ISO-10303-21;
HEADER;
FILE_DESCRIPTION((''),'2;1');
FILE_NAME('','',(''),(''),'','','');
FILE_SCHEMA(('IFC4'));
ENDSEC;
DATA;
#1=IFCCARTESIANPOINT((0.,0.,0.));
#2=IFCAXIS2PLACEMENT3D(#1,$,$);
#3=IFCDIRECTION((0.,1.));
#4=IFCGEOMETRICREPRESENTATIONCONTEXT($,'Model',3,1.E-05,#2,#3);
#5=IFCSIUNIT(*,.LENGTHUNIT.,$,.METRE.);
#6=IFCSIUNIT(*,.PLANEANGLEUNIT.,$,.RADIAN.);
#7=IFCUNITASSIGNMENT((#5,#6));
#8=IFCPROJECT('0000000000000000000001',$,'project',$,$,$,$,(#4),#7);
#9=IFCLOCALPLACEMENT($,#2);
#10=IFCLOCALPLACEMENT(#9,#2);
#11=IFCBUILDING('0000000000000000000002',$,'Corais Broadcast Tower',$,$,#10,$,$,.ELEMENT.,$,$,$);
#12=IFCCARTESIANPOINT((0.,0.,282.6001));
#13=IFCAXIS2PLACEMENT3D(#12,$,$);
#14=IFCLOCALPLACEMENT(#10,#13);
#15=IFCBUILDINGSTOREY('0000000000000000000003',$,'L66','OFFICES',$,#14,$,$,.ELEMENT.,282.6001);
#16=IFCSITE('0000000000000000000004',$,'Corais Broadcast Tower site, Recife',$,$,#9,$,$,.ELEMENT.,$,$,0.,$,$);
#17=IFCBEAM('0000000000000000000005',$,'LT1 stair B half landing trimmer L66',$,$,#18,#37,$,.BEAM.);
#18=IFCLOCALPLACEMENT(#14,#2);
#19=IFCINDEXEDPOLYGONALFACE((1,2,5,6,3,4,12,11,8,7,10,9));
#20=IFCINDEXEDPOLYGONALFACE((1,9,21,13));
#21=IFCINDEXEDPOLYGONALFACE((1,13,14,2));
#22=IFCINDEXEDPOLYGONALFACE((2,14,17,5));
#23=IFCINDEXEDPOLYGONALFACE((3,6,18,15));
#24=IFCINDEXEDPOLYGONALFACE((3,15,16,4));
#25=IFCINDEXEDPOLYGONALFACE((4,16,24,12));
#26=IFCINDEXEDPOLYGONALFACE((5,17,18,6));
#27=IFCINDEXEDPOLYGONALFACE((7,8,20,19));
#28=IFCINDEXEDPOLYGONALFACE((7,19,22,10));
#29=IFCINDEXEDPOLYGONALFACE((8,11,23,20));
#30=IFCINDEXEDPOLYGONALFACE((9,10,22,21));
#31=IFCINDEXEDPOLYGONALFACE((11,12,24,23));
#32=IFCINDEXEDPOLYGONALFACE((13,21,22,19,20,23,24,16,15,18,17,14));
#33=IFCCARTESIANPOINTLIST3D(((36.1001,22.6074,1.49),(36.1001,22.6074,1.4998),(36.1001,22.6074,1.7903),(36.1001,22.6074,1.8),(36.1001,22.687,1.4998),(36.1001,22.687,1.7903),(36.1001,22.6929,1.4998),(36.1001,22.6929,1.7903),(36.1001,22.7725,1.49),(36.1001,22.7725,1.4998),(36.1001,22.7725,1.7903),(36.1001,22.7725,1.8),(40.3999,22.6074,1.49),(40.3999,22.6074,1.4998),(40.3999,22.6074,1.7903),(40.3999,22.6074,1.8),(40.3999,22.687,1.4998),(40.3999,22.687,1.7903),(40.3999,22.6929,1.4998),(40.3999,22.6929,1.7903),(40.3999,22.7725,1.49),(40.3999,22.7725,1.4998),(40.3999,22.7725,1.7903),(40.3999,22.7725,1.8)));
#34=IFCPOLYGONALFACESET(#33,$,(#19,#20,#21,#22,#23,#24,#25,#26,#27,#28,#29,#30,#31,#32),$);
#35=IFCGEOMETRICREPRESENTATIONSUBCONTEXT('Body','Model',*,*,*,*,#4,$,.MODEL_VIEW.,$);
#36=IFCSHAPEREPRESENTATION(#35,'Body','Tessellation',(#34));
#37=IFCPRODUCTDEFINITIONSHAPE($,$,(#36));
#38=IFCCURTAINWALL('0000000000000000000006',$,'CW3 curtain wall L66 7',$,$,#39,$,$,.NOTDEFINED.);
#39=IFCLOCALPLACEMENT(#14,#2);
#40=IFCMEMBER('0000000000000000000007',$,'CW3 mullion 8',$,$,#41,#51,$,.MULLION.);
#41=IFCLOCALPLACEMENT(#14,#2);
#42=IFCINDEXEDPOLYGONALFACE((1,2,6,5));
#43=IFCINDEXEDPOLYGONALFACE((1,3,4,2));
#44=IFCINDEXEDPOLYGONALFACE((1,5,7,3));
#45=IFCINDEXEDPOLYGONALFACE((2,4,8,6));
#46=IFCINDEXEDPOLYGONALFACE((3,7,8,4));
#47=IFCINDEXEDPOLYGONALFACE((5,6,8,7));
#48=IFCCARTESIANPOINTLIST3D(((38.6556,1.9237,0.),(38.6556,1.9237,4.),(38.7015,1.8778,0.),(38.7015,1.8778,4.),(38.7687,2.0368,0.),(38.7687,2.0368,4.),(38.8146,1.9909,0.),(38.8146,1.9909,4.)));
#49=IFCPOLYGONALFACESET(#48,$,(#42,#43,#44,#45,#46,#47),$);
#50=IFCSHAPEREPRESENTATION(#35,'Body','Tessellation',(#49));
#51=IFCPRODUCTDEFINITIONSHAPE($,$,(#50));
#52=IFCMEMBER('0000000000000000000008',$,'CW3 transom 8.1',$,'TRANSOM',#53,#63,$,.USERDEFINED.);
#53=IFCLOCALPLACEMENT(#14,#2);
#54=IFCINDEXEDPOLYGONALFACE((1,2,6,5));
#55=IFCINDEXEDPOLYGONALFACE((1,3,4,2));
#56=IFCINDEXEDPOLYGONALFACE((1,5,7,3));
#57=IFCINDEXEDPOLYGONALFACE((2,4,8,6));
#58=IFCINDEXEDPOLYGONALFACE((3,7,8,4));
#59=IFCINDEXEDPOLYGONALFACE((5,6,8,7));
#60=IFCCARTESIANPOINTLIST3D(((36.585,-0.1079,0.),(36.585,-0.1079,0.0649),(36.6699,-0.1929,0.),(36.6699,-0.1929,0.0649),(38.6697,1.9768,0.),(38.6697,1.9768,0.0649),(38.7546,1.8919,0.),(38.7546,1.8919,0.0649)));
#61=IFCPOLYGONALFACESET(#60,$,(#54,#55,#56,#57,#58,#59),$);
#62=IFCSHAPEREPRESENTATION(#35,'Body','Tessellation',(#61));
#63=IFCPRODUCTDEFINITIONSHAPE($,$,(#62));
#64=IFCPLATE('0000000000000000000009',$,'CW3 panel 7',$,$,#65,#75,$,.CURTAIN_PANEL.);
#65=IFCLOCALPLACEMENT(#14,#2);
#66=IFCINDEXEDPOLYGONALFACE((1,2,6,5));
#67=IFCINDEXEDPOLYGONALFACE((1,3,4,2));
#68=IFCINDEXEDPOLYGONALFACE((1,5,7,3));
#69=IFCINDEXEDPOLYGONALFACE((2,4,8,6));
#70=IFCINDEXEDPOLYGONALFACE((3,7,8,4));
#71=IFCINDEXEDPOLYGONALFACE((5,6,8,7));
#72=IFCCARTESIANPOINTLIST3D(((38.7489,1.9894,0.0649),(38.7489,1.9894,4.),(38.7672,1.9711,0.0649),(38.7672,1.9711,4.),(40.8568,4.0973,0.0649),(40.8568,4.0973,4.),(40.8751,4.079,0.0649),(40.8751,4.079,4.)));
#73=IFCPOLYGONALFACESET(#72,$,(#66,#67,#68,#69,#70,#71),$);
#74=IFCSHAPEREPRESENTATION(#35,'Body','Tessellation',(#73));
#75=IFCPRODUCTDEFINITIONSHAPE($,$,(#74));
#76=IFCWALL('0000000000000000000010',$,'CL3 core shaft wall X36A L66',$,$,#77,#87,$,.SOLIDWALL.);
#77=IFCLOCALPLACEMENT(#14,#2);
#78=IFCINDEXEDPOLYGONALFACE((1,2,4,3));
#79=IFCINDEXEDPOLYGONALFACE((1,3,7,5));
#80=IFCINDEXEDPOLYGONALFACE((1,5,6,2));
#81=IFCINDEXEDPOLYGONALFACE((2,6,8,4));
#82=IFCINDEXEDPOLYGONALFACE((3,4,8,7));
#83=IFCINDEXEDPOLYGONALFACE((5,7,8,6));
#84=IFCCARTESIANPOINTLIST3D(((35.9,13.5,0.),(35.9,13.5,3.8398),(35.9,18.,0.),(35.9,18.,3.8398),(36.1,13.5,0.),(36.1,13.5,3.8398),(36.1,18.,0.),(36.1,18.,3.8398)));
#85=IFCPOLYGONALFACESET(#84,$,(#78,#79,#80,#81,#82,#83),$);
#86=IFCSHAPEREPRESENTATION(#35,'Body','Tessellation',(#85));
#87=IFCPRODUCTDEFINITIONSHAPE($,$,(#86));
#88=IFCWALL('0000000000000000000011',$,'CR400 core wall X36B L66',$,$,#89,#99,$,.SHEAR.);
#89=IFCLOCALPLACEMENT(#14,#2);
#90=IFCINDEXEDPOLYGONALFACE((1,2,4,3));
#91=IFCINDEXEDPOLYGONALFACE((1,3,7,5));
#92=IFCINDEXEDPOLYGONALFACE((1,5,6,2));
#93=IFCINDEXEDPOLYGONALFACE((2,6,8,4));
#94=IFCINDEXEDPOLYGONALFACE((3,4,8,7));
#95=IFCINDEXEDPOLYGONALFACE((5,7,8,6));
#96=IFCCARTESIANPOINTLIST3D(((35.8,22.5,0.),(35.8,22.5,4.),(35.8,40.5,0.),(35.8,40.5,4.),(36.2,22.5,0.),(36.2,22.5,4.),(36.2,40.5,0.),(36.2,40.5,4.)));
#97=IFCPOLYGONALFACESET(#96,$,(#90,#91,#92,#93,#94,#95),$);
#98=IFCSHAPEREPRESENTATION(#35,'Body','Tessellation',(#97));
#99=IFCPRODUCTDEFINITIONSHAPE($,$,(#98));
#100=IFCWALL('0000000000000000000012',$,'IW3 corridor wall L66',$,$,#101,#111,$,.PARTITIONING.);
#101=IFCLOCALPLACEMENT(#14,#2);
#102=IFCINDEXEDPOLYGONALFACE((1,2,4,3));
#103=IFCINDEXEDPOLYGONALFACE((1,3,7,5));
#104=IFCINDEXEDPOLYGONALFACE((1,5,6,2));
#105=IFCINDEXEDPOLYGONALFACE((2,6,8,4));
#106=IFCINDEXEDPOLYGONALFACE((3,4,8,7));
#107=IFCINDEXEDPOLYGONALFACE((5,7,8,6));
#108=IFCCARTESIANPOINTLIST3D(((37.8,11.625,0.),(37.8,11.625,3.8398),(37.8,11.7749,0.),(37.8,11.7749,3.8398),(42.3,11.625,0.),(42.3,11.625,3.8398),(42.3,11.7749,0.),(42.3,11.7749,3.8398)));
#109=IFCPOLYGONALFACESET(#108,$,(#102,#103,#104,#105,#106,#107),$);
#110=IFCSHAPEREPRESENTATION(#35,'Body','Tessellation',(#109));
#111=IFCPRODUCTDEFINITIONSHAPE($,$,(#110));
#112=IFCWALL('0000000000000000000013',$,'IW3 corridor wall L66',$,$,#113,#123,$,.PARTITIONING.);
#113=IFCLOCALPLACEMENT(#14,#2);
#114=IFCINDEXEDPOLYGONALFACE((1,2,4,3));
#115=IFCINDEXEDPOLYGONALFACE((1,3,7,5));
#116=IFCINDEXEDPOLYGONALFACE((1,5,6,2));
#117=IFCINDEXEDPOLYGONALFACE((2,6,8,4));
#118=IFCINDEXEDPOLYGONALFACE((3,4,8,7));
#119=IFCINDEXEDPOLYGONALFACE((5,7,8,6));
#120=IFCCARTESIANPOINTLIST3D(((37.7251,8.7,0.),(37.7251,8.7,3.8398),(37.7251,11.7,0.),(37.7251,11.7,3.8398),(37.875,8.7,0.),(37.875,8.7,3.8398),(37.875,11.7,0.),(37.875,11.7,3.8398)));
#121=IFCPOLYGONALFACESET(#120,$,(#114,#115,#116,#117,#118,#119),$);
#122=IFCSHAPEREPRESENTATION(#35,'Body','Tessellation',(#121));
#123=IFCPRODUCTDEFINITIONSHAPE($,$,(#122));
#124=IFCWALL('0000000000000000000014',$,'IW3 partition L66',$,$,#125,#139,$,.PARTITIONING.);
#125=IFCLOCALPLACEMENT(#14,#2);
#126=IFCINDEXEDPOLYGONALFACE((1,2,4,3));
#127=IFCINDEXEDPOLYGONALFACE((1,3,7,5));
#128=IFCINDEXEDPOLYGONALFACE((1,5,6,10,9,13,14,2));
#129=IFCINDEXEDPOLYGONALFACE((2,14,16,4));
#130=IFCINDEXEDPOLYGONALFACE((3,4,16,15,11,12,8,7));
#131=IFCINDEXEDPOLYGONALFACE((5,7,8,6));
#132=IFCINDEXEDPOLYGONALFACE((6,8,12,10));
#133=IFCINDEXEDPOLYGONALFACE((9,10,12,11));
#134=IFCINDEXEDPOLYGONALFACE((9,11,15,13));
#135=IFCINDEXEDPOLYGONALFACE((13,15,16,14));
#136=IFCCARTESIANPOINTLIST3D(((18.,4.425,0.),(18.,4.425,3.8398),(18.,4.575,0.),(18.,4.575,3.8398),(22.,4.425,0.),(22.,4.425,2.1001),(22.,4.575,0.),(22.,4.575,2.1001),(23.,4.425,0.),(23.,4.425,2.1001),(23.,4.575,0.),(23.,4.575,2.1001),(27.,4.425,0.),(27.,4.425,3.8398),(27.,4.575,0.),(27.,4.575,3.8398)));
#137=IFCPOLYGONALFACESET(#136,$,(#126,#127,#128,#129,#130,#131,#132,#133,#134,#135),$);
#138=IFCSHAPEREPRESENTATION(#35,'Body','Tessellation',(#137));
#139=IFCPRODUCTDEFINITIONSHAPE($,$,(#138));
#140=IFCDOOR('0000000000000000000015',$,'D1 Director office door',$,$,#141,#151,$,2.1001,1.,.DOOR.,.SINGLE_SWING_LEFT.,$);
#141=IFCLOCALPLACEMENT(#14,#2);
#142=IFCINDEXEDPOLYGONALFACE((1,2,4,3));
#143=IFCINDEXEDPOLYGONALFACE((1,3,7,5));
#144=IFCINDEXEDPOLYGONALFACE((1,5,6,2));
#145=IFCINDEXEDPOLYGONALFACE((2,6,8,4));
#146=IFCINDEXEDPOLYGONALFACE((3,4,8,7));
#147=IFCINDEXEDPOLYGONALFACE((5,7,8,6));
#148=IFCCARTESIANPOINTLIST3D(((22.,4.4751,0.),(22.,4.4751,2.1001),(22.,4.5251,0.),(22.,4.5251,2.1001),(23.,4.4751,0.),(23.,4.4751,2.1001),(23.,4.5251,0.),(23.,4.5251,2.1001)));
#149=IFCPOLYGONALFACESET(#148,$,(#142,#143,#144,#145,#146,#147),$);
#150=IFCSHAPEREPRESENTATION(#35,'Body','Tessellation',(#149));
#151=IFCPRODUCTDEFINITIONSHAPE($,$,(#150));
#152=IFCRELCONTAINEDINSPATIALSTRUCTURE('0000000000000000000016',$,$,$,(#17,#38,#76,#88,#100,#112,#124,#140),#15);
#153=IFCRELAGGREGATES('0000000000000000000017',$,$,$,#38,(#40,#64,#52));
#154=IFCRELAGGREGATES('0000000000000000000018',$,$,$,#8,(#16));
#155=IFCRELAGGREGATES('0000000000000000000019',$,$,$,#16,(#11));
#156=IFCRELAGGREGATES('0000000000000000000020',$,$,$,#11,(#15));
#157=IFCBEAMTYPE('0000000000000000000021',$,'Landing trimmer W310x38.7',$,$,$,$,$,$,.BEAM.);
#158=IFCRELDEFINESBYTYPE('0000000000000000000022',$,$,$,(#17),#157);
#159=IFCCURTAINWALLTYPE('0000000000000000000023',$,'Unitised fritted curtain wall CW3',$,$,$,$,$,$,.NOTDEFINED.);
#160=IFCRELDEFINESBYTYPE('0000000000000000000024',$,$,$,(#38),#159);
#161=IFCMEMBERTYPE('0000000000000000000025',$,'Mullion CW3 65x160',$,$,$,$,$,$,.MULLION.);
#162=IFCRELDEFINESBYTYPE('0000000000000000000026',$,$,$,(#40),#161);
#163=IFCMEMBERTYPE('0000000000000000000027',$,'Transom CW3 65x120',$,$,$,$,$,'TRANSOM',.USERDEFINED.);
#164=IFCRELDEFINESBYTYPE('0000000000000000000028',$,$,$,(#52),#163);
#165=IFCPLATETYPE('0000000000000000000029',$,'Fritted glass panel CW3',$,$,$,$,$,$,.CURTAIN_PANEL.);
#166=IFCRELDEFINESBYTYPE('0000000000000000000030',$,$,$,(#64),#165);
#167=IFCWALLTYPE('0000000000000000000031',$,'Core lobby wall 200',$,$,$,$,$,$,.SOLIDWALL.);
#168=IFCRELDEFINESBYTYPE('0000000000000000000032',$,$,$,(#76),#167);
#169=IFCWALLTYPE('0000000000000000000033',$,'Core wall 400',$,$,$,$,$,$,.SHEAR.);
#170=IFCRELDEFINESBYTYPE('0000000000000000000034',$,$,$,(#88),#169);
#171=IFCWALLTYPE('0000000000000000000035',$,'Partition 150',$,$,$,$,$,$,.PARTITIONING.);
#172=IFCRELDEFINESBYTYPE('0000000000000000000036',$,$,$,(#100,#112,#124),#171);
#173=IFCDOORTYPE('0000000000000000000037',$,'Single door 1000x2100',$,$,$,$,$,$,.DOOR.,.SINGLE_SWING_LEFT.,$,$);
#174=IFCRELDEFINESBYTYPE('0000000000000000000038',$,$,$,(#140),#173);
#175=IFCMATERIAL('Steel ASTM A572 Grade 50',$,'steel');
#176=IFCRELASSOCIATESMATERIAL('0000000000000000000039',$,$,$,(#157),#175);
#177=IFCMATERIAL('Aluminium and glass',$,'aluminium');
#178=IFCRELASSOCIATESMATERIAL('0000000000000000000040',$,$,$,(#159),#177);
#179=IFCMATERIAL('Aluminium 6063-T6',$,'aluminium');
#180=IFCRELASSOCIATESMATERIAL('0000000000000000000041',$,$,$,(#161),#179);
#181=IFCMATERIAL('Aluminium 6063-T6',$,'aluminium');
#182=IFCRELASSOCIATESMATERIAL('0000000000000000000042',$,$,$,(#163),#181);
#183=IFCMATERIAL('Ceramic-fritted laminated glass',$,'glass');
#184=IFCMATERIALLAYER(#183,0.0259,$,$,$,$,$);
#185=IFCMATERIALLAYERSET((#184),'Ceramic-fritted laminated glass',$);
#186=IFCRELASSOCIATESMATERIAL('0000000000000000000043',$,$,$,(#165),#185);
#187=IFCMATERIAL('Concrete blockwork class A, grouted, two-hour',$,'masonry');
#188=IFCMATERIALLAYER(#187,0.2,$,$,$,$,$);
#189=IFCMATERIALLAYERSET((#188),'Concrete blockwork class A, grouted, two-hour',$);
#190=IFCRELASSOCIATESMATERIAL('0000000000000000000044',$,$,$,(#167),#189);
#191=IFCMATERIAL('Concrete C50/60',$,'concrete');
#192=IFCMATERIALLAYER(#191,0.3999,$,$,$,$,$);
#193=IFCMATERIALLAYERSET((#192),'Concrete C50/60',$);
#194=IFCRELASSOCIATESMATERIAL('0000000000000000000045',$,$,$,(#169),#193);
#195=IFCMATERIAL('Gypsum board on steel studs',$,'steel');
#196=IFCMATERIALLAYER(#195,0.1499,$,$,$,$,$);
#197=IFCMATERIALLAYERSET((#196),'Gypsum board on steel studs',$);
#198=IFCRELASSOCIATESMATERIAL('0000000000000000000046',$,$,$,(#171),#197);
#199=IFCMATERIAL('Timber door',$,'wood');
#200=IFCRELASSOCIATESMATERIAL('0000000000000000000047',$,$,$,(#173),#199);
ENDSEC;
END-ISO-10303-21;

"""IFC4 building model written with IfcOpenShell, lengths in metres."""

from ifc_helpers import new_model, si_unit, direction, frame, frame_2d, origin, origin_2d, place, context, subcontext, project, spatial, rectangle, i_section, extrude, material, layer, layer_set, material_profile, profile_set, type_object, element, fill, aggregate, save


model = new_model("IFC4")

# Units and contexts
model_context = context("Model", 3, precision=1e-05, world=origin(), true_north=direction((0.0, 1.0)))
body_context = subcontext(model_context, "Body", "Model", "MODEL_VIEW")
ifc_project = project(units=[si_unit("LENGTHUNIT", "METRE"), si_unit("PLANEANGLEUNIT", "RADIAN")], contexts=[model_context])

# Site, building, storey
site_placement = place(None, origin())
site = spatial("IfcSite", under=ifc_project, at=site_placement, Name="Corais Broadcast Tower site, Recife", CompositionType="ELEMENT", RefElevation=0.0)
building_placement = place(site_placement, origin())
building = spatial("IfcBuilding", under=site, at=building_placement, Name="Corais Broadcast Tower", CompositionType="ELEMENT")
storey_placement = place(building_placement, frame((0.0, 0.0, 282.6001)))
storey = spatial("IfcBuildingStorey", under=building, at=storey_placement, Name="L66", Description="OFFICES", CompositionType="ELEMENT", Elevation=282.6001)

# Beam
ifc_material_1 = material(Name="Steel ASTM A572 Grade 50", Category="steel")
ifc_material_profile_1 = material_profile(ifc_material_1, i_section(OverallWidth=0.165, OverallDepth=0.3101, WebThickness=0.0059, FlangeThickness=0.0098, at=origin_2d()), Name="W310x38.7")
ifc_profile_set_1 = profile_set([ifc_material_profile_1], Name="Steel ASTM A572 Grade 50")
beam_type = type_object("IfcBeamType", Name="Landing trimmer W310x38.7", PredefinedType="BEAM", material=ifc_profile_set_1)
beam_placement = place(storey_placement, frame((36.1001, 22.6899, 1.645), z_axis=(1.0, 0.0, 0.0), x_axis=(0.0, 1.0, 0.0)))
element("IfcBeam", 1, at=beam_placement, inside=storey, type_object=beam_type, Name="LT1 stair B half landing trimmer L66", PredefinedType="BEAM", context=body_context, shape_type="SweptSolid", body=[
    extrude(i_section(OverallWidth=0.165, OverallDepth=0.3101, WebThickness=0.0059, FlangeThickness=0.0098, at=origin_2d()), origin(), (0.0, 0.0, 1.0), 4.2998),
])

# Curtain wall, members, plate
ifc_material_2 = material(Name="Aluminium and glass", Category="aluminium")
curtain_wall_type = type_object("IfcCurtainWallType", Name="Unitised fritted curtain wall CW3", PredefinedType="NOTDEFINED", material=ifc_material_2)
curtain_wall_placement = place(storey_placement, origin())
curtain_wall = element("IfcCurtainWall", 2, at=curtain_wall_placement, inside=storey, type_object=curtain_wall_type, Name="CW3 curtain wall L66 7", PredefinedType="NOTDEFINED")
ifc_material_3 = material(Name="Aluminium 6063-T6", Category="aluminium")
ifc_material_profile_2 = material_profile(ifc_material_3, rectangle(XDim=0.0649, YDim=0.1599, at=origin_2d()), Name="Mullion CW3 65x160")
ifc_profile_set_2 = profile_set([ifc_material_profile_2], Name="Aluminium 6063-T6")
member_type_1 = type_object("IfcMemberType", Name="Mullion CW3 65x160", PredefinedType="MULLION", material=ifc_profile_set_2)
member_1_placement = place(storey_placement, frame((38.7351, 1.9573, 0.0), z_axis=(0.0, 0.0, 1.0), x_axis=(0.707107, -0.707107, 0.0)))
member_1 = element("IfcMember", 3, at=member_1_placement, type_object=member_type_1, Name="CW3 mullion 8", PredefinedType="MULLION", context=body_context, shape_type="SweptSolid", body=[
    extrude(rectangle(XDim=0.0649, YDim=0.1599, at=origin_2d()), origin(), (0.0, 0.0, 1.0), 4.0),
])
ifc_material_4 = material(Name="Aluminium 6063-T6", Category="aluminium")
ifc_material_profile_3 = material_profile(ifc_material_4, rectangle(XDim=0.1201, YDim=0.0649, at=origin_2d()), Name="Transom CW3 65x120")
ifc_profile_set_3 = profile_set([ifc_material_profile_3], Name="Aluminium 6063-T6")
member_type_2 = type_object("IfcMemberType", Name="Transom CW3 65x120", ElementType="TRANSOM", PredefinedType="USERDEFINED", material=ifc_profile_set_3)
member_2_placement = place(storey_placement, frame((38.7122, 1.9343, 0.0325), z_axis=(-0.707107, -0.707107, 0.0), x_axis=(0.707107, -0.707107, 0.0)))
member_2 = element("IfcMember", 4, at=member_2_placement, type_object=member_type_2, Name="CW3 transom 8.1", ObjectType="TRANSOM", PredefinedType="USERDEFINED", context=body_context, shape_type="SweptSolid", body=[
    extrude(rectangle(XDim=0.1201, YDim=0.0649, at=origin_2d()), origin(), (0.0, 0.0, 1.0), 2.9482),
])
ifc_material_5 = material(Name="Ceramic-fritted laminated glass", Category="glass")
ifc_layer_1 = layer(ifc_material_5, 0.0259)
ifc_layer_set_1 = layer_set([ifc_layer_1], Name="Ceramic-fritted laminated glass")
plate_type = type_object("IfcPlateType", Name="Fritted glass panel CW3", PredefinedType="CURTAIN_PANEL", material=ifc_layer_set_1)
plate_placement = place(storey_placement, frame((39.812, 3.0342, 0.0649), z_axis=(0.0, 0.0, 1.0), x_axis=(-0.707107, -0.707107, 0.0)))
plate = element("IfcPlate", 5, at=plate_placement, type_object=plate_type, Name="CW3 panel 7", PredefinedType="CURTAIN_PANEL", context=body_context, shape_type="SweptSolid", body=[
    extrude(rectangle(XDim=2.981, YDim=0.0259, at=origin_2d()), origin(), (0.0, 0.0, 1.0), 3.9351),
])
aggregate(curtain_wall, [member_1, plate, member_2])

# Walls
ifc_material_6 = material(Name="Concrete blockwork class A, grouted, two-hour", Category="masonry")
ifc_layer_2 = layer(ifc_material_6, 0.2)
ifc_layer_set_2 = layer_set([ifc_layer_2], Name="Concrete blockwork class A, grouted, two-hour")
wall_type_1 = type_object("IfcWallType", Name="Core lobby wall 200", PredefinedType="SOLIDWALL", material=ifc_layer_set_2)
wall_1_placement = place(storey_placement, frame((36.0, 13.5, 0.0), z_axis=(0.0, 0.0, 1.0), x_axis=(0.0, 1.0, 0.0)))
element("IfcWall", 6, at=wall_1_placement, inside=storey, type_object=wall_type_1, Name="CL3 core shaft wall X36A L66", PredefinedType="SOLIDWALL", context=body_context, shape_type="SweptSolid", body=[
    extrude(rectangle(XDim=4.5, YDim=0.2, at=frame_2d((2.25, 0.0))), origin(), (0.0, 0.0, 1.0), 3.8398),
])
ifc_material_7 = material(Name="Concrete C50/60", Category="concrete")
ifc_layer_3 = layer(ifc_material_7, 0.3999)
ifc_layer_set_3 = layer_set([ifc_layer_3], Name="Concrete C50/60")
wall_type_2 = type_object("IfcWallType", Name="Core wall 400", PredefinedType="SHEAR", material=ifc_layer_set_3)
wall_2_placement = place(storey_placement, frame((36.0, 22.5, 0.0), z_axis=(0.0, 0.0, 1.0), x_axis=(0.0, 1.0, 0.0)))
element("IfcWall", 7, at=wall_2_placement, inside=storey, type_object=wall_type_2, Name="CR400 core wall X36B L66", PredefinedType="SHEAR", context=body_context, shape_type="SweptSolid", body=[
    extrude(rectangle(XDim=18.0, YDim=0.3999, at=frame_2d((9.0, 0.0))), origin(), (0.0, 0.0, 1.0), 4.0),
])
ifc_material_8 = material(Name="Gypsum board on steel studs", Category="steel")
ifc_layer_4 = layer(ifc_material_8, 0.1499)
ifc_layer_set_4 = layer_set([ifc_layer_4], Name="Gypsum board on steel studs")
wall_type_3 = type_object("IfcWallType", Name="Partition 150", PredefinedType="PARTITIONING", material=ifc_layer_set_4)
wall_3_placement = place(storey_placement, frame((37.8, 11.7, 0.0), z_axis=(0.0, 0.0, 1.0), x_axis=(1.0, 0.0, 0.0)))
element("IfcWall", 8, at=wall_3_placement, inside=storey, type_object=wall_type_3, Name="IW3 corridor wall L66", PredefinedType="PARTITIONING", context=body_context, shape_type="SweptSolid", body=[
    extrude(rectangle(XDim=4.5, YDim=0.1499, at=frame_2d((2.25, 0.0))), origin(), (0.0, 0.0, 1.0), 3.8398),
])
wall_4_placement = place(storey_placement, frame((37.8, 8.7, 0.0), z_axis=(0.0, 0.0, 1.0), x_axis=(0.0, 1.0, 0.0)))
element("IfcWall", 9, at=wall_4_placement, inside=storey, type_object=wall_type_3, Name="IW3 corridor wall L66", PredefinedType="PARTITIONING", context=body_context, shape_type="SweptSolid", body=[
    extrude(rectangle(XDim=3.0, YDim=0.1499, at=frame_2d((1.5, 0.0))), origin(), (0.0, 0.0, 1.0), 3.8398),
])

# Wall, opening, door
wall_5_placement = place(storey_placement, frame((27.0, 4.5, 0.0), z_axis=(0.0, 0.0, 1.0), x_axis=(-1.0, 0.0, 0.0)))
wall_5 = element("IfcWall", 10, at=wall_5_placement, inside=storey, type_object=wall_type_3, Name="IW3 partition L66", PredefinedType="PARTITIONING", context=body_context, shape_type="SweptSolid", body=[
    extrude(rectangle(XDim=9.0, YDim=0.1499, at=frame_2d((4.5, 0.0))), origin(), (0.0, 0.0, 1.0), 3.8398),
])
opening_1_placement = place(wall_5_placement, frame((4.0, 0.0, 0.0)))
opening_1 = element("IfcOpeningElement", 11, at=opening_1_placement, cuts=wall_5, PredefinedType="OPENING", context=body_context, shape_type="SweptSolid", body=[
    extrude(rectangle(XDim=1.0, YDim=2.1001, at=frame_2d((0.5, 1.05))), frame((0.0, 0.085, 0.0), z_axis=(0.0, -1.0, 0.0), x_axis=(1.0, 0.0, 0.0)), (0.0, 0.0, 1.0), 0.1699),
])
ifc_material_9 = material(Name="Timber door", Category="wood")
door_type = type_object("IfcDoorType", Name="Single door 1000x2100", OperationType="SINGLE_SWING_LEFT", PredefinedType="DOOR", material=ifc_material_9)
door_1_placement = place(opening_1_placement, origin())
door_1 = element("IfcDoor", 12, at=door_1_placement, inside=storey, type_object=door_type, Name="D1 Director office door", OperationType="SINGLE_SWING_LEFT", OverallHeight=2.1001, OverallWidth=1.0, PredefinedType="DOOR", context=body_context, shape_type="SweptSolid", body=[
    extrude(rectangle(XDim=1.0, YDim=2.1001, at=frame_2d((0.5, 1.05))), frame((0.0, 0.0249, 0.0), z_axis=(0.0, -1.0, 0.0), x_axis=(1.0, 0.0, 0.0)), (0.0, 0.0, 1.0), 0.05),
])
fill(opening_1, door_1)

save(model, "model.ifc")
